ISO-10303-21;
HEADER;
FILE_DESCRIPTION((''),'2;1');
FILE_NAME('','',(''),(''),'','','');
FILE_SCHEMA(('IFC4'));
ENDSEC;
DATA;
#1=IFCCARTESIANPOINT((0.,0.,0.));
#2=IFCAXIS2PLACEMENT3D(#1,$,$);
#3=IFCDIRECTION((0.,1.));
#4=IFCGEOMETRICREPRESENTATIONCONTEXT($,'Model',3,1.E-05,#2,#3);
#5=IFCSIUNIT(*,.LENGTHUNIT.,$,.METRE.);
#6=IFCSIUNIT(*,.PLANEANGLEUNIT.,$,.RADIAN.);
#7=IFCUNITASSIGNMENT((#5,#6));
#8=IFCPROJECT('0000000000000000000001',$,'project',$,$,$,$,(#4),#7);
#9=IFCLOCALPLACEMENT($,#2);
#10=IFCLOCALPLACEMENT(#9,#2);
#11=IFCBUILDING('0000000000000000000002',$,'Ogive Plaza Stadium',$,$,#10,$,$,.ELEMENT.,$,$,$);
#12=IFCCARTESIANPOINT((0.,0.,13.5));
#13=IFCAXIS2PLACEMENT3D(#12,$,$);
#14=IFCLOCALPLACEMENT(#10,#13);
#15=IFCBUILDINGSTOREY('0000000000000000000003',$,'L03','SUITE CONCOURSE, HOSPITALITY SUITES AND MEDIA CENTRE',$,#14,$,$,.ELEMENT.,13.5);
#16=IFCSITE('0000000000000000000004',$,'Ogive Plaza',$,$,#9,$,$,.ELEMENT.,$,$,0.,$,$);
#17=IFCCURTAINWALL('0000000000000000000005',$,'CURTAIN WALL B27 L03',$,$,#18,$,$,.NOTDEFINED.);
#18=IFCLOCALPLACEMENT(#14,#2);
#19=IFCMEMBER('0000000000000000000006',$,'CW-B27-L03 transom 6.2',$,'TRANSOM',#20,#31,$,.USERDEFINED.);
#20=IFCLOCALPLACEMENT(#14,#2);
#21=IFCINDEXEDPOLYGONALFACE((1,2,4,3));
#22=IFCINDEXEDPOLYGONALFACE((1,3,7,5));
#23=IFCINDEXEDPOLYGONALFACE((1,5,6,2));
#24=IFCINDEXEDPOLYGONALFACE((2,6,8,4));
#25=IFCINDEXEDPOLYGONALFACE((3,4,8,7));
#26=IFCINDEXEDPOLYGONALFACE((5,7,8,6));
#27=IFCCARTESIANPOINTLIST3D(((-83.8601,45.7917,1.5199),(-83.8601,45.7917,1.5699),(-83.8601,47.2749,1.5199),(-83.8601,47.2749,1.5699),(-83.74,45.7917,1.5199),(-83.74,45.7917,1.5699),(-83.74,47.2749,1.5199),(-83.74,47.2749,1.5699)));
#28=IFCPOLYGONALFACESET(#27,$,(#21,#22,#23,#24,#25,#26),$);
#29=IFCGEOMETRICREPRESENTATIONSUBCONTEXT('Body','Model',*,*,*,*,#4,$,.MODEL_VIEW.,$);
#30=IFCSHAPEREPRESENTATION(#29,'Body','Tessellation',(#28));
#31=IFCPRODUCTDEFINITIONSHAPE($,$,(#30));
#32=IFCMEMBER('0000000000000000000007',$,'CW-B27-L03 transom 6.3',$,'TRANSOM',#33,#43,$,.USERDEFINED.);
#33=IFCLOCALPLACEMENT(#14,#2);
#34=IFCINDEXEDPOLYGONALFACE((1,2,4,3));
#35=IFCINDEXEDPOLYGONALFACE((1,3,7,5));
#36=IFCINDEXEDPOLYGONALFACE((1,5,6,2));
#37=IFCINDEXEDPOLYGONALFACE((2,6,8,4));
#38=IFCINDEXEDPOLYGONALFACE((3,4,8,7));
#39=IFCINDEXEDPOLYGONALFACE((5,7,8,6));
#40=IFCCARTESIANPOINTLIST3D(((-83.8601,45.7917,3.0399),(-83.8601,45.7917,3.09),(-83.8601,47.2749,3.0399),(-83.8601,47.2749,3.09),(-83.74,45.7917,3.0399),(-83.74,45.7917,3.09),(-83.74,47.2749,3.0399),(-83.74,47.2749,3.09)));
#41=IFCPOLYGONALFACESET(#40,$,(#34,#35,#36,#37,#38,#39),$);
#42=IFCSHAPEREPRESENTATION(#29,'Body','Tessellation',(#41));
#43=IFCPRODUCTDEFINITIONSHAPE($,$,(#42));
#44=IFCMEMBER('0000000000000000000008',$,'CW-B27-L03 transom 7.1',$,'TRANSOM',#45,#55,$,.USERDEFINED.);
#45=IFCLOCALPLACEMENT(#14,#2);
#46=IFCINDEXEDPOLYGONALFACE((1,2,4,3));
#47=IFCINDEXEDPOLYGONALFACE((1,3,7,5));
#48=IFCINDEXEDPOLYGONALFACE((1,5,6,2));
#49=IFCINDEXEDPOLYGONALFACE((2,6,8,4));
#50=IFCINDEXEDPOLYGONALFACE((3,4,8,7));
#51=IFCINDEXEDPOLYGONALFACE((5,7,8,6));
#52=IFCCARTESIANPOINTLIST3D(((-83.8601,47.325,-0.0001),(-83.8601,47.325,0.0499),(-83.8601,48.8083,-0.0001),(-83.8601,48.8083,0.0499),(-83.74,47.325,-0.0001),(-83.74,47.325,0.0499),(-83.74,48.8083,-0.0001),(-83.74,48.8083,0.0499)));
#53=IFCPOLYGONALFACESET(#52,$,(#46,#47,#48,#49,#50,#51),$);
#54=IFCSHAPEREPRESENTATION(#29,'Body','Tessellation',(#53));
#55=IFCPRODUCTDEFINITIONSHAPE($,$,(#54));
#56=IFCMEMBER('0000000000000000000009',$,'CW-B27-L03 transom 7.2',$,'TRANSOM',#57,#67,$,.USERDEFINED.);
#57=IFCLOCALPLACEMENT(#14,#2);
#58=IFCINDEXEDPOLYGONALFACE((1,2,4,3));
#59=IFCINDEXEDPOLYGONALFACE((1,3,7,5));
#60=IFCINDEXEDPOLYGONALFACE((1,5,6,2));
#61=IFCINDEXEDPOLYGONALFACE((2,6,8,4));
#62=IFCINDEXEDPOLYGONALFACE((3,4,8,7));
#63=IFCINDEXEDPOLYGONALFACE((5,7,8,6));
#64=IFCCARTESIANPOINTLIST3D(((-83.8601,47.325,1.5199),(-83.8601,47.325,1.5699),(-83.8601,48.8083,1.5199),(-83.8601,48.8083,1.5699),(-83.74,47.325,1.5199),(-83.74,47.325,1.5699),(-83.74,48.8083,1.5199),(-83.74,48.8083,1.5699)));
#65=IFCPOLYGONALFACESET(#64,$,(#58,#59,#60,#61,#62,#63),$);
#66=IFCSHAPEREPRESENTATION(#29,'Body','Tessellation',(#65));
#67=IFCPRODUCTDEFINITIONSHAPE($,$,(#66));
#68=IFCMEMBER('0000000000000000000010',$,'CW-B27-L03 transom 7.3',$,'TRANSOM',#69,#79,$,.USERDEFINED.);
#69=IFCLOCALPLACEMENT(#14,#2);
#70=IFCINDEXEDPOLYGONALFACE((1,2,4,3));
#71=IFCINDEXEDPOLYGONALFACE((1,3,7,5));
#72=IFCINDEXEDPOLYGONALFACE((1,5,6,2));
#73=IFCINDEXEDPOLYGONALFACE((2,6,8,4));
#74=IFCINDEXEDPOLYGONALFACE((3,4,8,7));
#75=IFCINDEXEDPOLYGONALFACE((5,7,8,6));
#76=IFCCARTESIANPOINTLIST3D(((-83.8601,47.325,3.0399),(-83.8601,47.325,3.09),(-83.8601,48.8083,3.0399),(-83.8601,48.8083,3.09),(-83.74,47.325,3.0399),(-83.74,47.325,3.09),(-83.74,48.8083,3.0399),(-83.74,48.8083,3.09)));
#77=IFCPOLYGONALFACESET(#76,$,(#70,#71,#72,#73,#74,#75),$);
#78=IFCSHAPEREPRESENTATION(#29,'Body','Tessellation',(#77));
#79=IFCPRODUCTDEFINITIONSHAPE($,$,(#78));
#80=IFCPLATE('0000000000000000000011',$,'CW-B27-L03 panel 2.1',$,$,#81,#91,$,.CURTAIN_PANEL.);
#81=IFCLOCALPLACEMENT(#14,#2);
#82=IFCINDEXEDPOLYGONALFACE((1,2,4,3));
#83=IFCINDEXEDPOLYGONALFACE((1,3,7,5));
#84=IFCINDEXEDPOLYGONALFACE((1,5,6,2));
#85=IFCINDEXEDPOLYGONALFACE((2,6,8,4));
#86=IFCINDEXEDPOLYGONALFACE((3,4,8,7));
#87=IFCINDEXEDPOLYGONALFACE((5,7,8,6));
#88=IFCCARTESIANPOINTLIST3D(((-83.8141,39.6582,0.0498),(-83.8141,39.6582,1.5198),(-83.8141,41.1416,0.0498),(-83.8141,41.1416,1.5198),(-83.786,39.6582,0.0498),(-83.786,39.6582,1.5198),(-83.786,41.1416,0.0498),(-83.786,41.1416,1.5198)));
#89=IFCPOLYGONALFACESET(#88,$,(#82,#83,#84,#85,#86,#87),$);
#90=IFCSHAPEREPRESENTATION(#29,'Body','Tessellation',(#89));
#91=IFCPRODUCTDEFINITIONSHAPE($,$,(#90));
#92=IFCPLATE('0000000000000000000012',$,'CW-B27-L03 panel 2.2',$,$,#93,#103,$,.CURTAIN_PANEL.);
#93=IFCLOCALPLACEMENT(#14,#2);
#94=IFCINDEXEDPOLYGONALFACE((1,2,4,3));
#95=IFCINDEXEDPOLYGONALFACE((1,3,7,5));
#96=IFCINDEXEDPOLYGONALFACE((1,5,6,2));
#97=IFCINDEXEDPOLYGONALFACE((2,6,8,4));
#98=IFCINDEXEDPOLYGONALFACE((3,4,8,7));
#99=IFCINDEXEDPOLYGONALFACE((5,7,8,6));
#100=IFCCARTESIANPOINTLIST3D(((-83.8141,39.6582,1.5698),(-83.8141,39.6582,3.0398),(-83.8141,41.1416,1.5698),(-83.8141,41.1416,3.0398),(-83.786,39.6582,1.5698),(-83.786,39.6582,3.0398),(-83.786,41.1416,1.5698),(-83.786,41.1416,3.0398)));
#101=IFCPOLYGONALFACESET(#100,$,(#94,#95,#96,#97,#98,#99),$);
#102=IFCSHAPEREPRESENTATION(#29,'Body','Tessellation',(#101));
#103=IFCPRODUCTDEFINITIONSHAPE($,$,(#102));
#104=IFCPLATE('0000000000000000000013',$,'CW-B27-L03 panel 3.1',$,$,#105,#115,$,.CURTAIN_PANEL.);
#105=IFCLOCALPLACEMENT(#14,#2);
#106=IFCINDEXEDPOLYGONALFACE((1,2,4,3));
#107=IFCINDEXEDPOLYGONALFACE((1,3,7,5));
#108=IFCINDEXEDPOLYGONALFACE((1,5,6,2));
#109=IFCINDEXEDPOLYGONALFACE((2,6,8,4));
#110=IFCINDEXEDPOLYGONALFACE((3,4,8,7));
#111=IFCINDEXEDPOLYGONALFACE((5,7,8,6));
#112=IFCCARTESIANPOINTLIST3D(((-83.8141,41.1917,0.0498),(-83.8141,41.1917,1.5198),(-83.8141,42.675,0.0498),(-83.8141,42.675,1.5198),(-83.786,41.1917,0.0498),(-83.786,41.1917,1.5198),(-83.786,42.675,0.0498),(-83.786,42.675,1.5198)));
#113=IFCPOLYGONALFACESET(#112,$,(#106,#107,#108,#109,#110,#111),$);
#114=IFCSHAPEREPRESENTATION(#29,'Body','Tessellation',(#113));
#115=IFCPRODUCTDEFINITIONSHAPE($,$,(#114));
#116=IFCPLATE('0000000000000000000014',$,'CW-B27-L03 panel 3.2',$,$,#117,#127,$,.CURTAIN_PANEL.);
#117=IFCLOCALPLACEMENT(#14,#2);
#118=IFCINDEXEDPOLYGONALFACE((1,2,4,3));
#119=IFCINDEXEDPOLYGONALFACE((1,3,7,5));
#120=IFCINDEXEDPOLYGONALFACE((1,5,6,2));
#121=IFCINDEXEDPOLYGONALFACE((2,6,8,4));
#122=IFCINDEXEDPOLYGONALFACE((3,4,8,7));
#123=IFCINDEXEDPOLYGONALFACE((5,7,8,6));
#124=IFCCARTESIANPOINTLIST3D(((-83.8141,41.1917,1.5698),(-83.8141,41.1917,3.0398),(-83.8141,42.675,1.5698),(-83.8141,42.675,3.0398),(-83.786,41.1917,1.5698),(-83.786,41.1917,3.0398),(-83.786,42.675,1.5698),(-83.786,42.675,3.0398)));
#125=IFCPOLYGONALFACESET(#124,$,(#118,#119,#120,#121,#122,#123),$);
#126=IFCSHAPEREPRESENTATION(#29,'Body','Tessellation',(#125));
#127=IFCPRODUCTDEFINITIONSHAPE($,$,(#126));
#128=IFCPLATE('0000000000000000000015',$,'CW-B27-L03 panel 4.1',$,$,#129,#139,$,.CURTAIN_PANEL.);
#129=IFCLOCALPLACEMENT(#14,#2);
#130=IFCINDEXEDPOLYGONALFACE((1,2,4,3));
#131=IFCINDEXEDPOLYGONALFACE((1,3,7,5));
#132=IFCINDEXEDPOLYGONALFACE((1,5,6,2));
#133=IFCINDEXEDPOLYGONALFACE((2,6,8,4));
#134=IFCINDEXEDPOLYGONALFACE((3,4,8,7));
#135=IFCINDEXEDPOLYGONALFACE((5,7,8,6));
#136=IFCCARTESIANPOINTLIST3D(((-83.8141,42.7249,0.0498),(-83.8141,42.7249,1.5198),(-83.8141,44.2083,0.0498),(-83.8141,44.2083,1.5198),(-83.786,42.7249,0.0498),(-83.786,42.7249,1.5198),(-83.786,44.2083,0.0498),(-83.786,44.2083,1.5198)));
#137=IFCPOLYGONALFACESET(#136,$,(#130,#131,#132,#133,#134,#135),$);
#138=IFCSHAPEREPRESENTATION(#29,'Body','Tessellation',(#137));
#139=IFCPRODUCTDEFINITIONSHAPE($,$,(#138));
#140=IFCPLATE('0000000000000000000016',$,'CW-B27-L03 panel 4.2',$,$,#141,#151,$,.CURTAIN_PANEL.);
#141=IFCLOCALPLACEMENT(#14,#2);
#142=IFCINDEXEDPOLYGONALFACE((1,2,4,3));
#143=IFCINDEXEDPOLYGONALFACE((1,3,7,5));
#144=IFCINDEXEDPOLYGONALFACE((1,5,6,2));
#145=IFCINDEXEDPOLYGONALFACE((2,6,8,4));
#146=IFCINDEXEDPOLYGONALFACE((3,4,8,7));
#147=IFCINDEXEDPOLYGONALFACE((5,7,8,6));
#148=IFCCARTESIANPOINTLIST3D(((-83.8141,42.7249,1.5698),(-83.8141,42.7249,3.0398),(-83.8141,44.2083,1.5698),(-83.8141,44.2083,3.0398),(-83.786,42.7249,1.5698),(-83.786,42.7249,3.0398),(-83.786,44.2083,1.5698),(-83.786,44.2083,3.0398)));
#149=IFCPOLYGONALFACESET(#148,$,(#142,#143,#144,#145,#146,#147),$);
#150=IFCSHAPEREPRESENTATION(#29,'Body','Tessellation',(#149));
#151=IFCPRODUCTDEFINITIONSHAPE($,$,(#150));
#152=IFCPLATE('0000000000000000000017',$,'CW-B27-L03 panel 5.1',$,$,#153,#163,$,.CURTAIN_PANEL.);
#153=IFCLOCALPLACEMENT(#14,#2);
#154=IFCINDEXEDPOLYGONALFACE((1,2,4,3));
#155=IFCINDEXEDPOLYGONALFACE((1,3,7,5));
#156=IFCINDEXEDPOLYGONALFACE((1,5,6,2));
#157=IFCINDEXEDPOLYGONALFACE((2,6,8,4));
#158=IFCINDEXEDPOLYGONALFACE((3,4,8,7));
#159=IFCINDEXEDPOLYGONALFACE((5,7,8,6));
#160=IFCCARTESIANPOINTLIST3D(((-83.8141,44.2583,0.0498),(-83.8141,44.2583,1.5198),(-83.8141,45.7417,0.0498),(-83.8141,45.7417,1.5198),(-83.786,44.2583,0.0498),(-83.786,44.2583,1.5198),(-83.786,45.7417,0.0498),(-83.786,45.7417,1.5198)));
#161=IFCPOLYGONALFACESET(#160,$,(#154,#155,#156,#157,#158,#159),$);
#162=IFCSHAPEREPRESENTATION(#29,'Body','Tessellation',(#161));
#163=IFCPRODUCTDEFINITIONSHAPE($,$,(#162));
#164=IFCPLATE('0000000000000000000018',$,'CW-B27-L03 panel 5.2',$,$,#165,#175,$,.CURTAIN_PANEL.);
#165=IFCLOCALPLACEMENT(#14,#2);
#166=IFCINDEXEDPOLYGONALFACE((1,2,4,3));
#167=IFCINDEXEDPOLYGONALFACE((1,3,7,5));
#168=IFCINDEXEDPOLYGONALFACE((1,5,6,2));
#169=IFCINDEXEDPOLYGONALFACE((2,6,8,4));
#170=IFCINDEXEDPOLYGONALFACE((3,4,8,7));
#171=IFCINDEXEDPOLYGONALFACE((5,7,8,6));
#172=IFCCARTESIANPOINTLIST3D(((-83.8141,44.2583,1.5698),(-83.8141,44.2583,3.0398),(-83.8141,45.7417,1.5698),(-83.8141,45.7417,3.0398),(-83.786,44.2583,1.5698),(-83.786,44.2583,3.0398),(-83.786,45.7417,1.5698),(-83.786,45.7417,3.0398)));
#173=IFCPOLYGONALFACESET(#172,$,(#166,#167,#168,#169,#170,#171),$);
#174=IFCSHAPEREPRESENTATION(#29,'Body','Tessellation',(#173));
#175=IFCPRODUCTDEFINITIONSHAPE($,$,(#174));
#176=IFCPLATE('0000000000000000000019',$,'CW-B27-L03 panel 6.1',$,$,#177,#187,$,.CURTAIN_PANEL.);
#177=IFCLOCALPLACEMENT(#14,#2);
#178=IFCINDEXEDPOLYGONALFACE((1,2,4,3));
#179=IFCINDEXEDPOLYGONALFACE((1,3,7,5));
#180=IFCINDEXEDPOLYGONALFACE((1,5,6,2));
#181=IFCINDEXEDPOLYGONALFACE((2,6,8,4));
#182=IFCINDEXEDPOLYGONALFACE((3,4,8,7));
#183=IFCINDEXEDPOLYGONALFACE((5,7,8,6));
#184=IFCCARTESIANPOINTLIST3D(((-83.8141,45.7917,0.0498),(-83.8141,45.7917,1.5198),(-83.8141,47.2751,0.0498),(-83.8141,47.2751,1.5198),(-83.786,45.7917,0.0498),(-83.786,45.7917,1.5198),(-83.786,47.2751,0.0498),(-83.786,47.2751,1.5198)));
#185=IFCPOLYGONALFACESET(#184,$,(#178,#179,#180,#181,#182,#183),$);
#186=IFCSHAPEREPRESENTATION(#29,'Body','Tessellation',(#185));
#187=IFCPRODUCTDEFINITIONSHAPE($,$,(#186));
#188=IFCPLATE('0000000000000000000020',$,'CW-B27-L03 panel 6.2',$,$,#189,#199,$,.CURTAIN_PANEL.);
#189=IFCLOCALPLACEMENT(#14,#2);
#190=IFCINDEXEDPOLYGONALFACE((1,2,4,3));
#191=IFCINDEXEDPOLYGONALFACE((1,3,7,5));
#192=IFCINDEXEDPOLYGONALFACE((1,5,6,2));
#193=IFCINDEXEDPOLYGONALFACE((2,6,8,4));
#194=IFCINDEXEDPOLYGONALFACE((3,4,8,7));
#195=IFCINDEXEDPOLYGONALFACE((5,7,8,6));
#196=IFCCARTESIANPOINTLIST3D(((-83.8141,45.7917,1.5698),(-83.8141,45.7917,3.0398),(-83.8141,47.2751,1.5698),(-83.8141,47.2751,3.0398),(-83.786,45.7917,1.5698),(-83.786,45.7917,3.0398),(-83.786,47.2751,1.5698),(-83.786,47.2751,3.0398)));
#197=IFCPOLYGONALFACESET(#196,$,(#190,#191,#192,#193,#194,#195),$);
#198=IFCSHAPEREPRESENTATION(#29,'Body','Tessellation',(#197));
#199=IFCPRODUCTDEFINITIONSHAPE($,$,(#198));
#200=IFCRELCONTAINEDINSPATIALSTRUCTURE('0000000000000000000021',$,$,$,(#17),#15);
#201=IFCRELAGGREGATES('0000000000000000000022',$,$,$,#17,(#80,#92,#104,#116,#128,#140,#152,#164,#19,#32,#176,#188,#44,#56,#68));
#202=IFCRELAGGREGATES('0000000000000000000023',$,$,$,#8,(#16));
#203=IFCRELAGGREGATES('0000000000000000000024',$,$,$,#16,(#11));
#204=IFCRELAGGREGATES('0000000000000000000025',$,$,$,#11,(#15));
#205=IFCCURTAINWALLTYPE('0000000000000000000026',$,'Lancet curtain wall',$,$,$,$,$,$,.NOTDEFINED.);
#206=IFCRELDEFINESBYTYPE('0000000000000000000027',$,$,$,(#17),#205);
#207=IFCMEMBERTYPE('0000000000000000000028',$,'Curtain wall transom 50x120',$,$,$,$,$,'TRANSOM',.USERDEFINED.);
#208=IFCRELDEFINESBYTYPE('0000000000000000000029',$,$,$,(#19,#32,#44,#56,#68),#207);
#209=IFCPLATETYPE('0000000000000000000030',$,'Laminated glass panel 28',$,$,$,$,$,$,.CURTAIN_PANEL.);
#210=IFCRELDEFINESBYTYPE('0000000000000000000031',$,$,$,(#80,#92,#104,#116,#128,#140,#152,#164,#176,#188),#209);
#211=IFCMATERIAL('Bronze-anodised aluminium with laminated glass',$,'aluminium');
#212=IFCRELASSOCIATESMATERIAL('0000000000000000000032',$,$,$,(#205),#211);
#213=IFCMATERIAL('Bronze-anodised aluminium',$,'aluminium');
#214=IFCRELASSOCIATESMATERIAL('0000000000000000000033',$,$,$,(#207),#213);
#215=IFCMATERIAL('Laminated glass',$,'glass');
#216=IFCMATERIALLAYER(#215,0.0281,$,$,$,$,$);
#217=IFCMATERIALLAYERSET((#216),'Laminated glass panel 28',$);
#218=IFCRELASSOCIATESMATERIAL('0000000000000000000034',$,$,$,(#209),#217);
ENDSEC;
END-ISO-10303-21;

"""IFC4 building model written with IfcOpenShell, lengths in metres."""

from ifc_helpers import new_model, si_unit, direction, frame, origin, origin_2d, place, context, subcontext, project, spatial, rectangle, extrude, material, layer, layer_set, material_profile, profile_set, type_object, element, aggregate, save


model = new_model("IFC4")

# Units and contexts
model_context = context("Model", 3, precision=1e-05, world=origin(), true_north=direction((0.0, 1.0)))
body_context = subcontext(model_context, "Body", "Model", "MODEL_VIEW")
ifc_project = project(units=[si_unit("LENGTHUNIT", "METRE"), si_unit("PLANEANGLEUNIT", "RADIAN")], contexts=[model_context])

# Site, building, storey
site_placement = place(None, origin())
site = spatial("IfcSite", under=ifc_project, at=site_placement, Name="Ogive Plaza", CompositionType="ELEMENT", RefElevation=0.0)
building_placement = place(site_placement, origin())
building = spatial("IfcBuilding", under=site, at=building_placement, Name="Ogive Plaza Stadium", CompositionType="ELEMENT")
storey_placement = place(building_placement, frame((0.0, 0.0, 13.5)))
storey = spatial("IfcBuildingStorey", under=building, at=storey_placement, Name="L03", Description="SUITE CONCOURSE, HOSPITALITY SUITES AND MEDIA CENTRE", CompositionType="ELEMENT", Elevation=13.5)

# Curtain wall, members, plates
ifc_material_1 = material(Name="Bronze-anodised aluminium with laminated glass", Category="aluminium")
curtain_wall_type = type_object("IfcCurtainWallType", Name="Lancet curtain wall", PredefinedType="NOTDEFINED", material=ifc_material_1)
curtain_wall_placement = place(storey_placement, origin())
curtain_wall = element("IfcCurtainWall", 1, at=curtain_wall_placement, inside=storey, type_object=curtain_wall_type, Name="CURTAIN WALL B27 L03", PredefinedType="NOTDEFINED")
ifc_material_2 = material(Name="Bronze-anodised aluminium", Category="aluminium")
ifc_material_profile_1 = material_profile(ifc_material_2, rectangle(XDim=0.1201, YDim=0.05, at=origin_2d()), Name="AL 120x50")
ifc_profile_set_1 = profile_set([ifc_material_profile_1], Name="Bronze-anodised aluminium")
member_type_1 = type_object("IfcMemberType", Name="Curtain wall transom 50x120", ElementType="TRANSOM", PredefinedType="USERDEFINED", material=ifc_profile_set_1)
member_1_placement = place(storey_placement, frame((-83.8, 45.7917, 1.5449), z_axis=(0.0, 1.0, 0.0), x_axis=(-1.0, 0.0, 0.0)))
member_1 = element("IfcMember", 2, at=member_1_placement, type_object=member_type_1, Name="CW-B27-L03 transom 6.2", ObjectType="TRANSOM", PredefinedType="USERDEFINED", context=body_context, shape_type="SweptSolid", body=[
    extrude(rectangle(XDim=0.1201, YDim=0.05, at=origin_2d()), origin(), (0.0, 0.0, 1.0), 1.4832),
])
member_2_placement = place(storey_placement, frame((-83.8, 45.7917, 3.0649), z_axis=(0.0, 1.0, 0.0), x_axis=(-1.0, 0.0, 0.0)))
member_2 = element("IfcMember", 3, at=member_2_placement, type_object=member_type_1, Name="CW-B27-L03 transom 6.3", ObjectType="TRANSOM", PredefinedType="USERDEFINED", context=body_context, shape_type="SweptSolid", body=[
    extrude(rectangle(XDim=0.1201, YDim=0.05, at=origin_2d()), origin(), (0.0, 0.0, 1.0), 1.4832),
])
member_3_placement = place(storey_placement, frame((-83.8, 47.325, 0.0249), z_axis=(0.0, 1.0, 0.0), x_axis=(-1.0, 0.0, 0.0)))
member_3 = element("IfcMember", 4, at=member_3_placement, type_object=member_type_1, Name="CW-B27-L03 transom 7.1", ObjectType="TRANSOM", PredefinedType="USERDEFINED", context=body_context, shape_type="SweptSolid", body=[
    extrude(rectangle(XDim=0.1201, YDim=0.05, at=origin_2d()), origin(), (0.0, 0.0, 1.0), 1.4834),
])
member_4_placement = place(storey_placement, frame((-83.8, 47.325, 1.5449), z_axis=(0.0, 1.0, 0.0), x_axis=(-1.0, 0.0, 0.0)))
member_4 = element("IfcMember", 5, at=member_4_placement, type_object=member_type_1, Name="CW-B27-L03 transom 7.2", ObjectType="TRANSOM", PredefinedType="USERDEFINED", context=body_context, shape_type="SweptSolid", body=[
    extrude(rectangle(XDim=0.1201, YDim=0.05, at=origin_2d()), origin(), (0.0, 0.0, 1.0), 1.4834),
])
member_5_placement = place(storey_placement, frame((-83.8, 47.325, 3.0649), z_axis=(0.0, 1.0, 0.0), x_axis=(-1.0, 0.0, 0.0)))
member_5 = element("IfcMember", 6, at=member_5_placement, type_object=member_type_1, Name="CW-B27-L03 transom 7.3", ObjectType="TRANSOM", PredefinedType="USERDEFINED", context=body_context, shape_type="SweptSolid", body=[
    extrude(rectangle(XDim=0.1201, YDim=0.05, at=origin_2d()), origin(), (0.0, 0.0, 1.0), 1.4834),
])
ifc_material_3 = material(Name="Laminated glass", Category="glass")
ifc_layer_1 = layer(ifc_material_3, 0.0281)
ifc_layer_set_1 = layer_set([ifc_layer_1], Name="Laminated glass panel 28")
plate_type = type_object("IfcPlateType", Name="Laminated glass panel 28", PredefinedType="CURTAIN_PANEL", material=ifc_layer_set_1)
plate_1_placement = place(storey_placement, frame((-83.8, 40.3999, 0.0498), z_axis=(0.0, 0.0, 1.0), x_axis=(0.0, 1.0, 0.0)))
plate_1 = element("IfcPlate", 7, at=plate_1_placement, type_object=plate_type, Name="CW-B27-L03 panel 2.1", PredefinedType="CURTAIN_PANEL", context=body_context, shape_type="SweptSolid", body=[
    extrude(rectangle(XDim=1.4834, YDim=0.0281, at=origin_2d()), origin(), (0.0, 0.0, 1.0), 1.47),
])
plate_2_placement = place(storey_placement, frame((-83.8, 40.3999, 1.5698), z_axis=(0.0, 0.0, 1.0), x_axis=(0.0, 1.0, 0.0)))
plate_2 = element("IfcPlate", 8, at=plate_2_placement, type_object=plate_type, Name="CW-B27-L03 panel 2.2", PredefinedType="CURTAIN_PANEL", context=body_context, shape_type="SweptSolid", body=[
    extrude(rectangle(XDim=1.4834, YDim=0.0281, at=origin_2d()), origin(), (0.0, 0.0, 1.0), 1.47),
])
plate_3_placement = place(storey_placement, frame((-83.8, 41.9333, 0.0498), z_axis=(0.0, 0.0, 1.0), x_axis=(0.0, 1.0, 0.0)))
plate_3 = element("IfcPlate", 9, at=plate_3_placement, type_object=plate_type, Name="CW-B27-L03 panel 3.1", PredefinedType="CURTAIN_PANEL", context=body_context, shape_type="SweptSolid", body=[
    extrude(rectangle(XDim=1.4834, YDim=0.0281, at=origin_2d()), origin(), (0.0, 0.0, 1.0), 1.47),
])
plate_4_placement = place(storey_placement, frame((-83.8, 41.9333, 1.5698), z_axis=(0.0, 0.0, 1.0), x_axis=(0.0, 1.0, 0.0)))
plate_4 = element("IfcPlate", 10, at=plate_4_placement, type_object=plate_type, Name="CW-B27-L03 panel 3.2", PredefinedType="CURTAIN_PANEL", context=body_context, shape_type="SweptSolid", body=[
    extrude(rectangle(XDim=1.4834, YDim=0.0281, at=origin_2d()), origin(), (0.0, 0.0, 1.0), 1.47),
])
plate_5_placement = place(storey_placement, frame((-83.8, 43.4666, 0.0498), z_axis=(0.0, 0.0, 1.0), x_axis=(0.0, 1.0, 0.0)))
plate_5 = element("IfcPlate", 11, at=plate_5_placement, type_object=plate_type, Name="CW-B27-L03 panel 4.1", PredefinedType="CURTAIN_PANEL", context=body_context, shape_type="SweptSolid", body=[
    extrude(rectangle(XDim=1.4834, YDim=0.0281, at=origin_2d()), origin(), (0.0, 0.0, 1.0), 1.47),
])
plate_6_placement = place(storey_placement, frame((-83.8, 43.4666, 1.5698), z_axis=(0.0, 0.0, 1.0), x_axis=(0.0, 1.0, 0.0)))
plate_6 = element("IfcPlate", 12, at=plate_6_placement, type_object=plate_type, Name="CW-B27-L03 panel 4.2", PredefinedType="CURTAIN_PANEL", context=body_context, shape_type="SweptSolid", body=[
    extrude(rectangle(XDim=1.4834, YDim=0.0281, at=origin_2d()), origin(), (0.0, 0.0, 1.0), 1.47),
])
plate_7_placement = place(storey_placement, frame((-83.8, 45.0, 0.0498), z_axis=(0.0, 0.0, 1.0), x_axis=(0.0, 1.0, 0.0)))
plate_7 = element("IfcPlate", 13, at=plate_7_placement, type_object=plate_type, Name="CW-B27-L03 panel 5.1", PredefinedType="CURTAIN_PANEL", context=body_context, shape_type="SweptSolid", body=[
    extrude(rectangle(XDim=1.4834, YDim=0.0281, at=origin_2d()), origin(), (0.0, 0.0, 1.0), 1.47),
])
plate_8_placement = place(storey_placement, frame((-83.8, 45.0, 1.5698), z_axis=(0.0, 0.0, 1.0), x_axis=(0.0, 1.0, 0.0)))
plate_8 = element("IfcPlate", 14, at=plate_8_placement, type_object=plate_type, Name="CW-B27-L03 panel 5.2", PredefinedType="CURTAIN_PANEL", context=body_context, shape_type="SweptSolid", body=[
    extrude(rectangle(XDim=1.4834, YDim=0.0281, at=origin_2d()), origin(), (0.0, 0.0, 1.0), 1.47),
])
plate_9_placement = place(storey_placement, frame((-83.8, 46.5334, 0.0498), z_axis=(0.0, 0.0, 1.0), x_axis=(0.0, 1.0, 0.0)))
plate_9 = element("IfcPlate", 15, at=plate_9_placement, type_object=plate_type, Name="CW-B27-L03 panel 6.1", PredefinedType="CURTAIN_PANEL", context=body_context, shape_type="SweptSolid", body=[
    extrude(rectangle(XDim=1.4834, YDim=0.0281, at=origin_2d()), origin(), (0.0, 0.0, 1.0), 1.47),
])
plate_10_placement = place(storey_placement, frame((-83.8, 46.5334, 1.5698), z_axis=(0.0, 0.0, 1.0), x_axis=(0.0, 1.0, 0.0)))
plate_10 = element("IfcPlate", 16, at=plate_10_placement, type_object=plate_type, Name="CW-B27-L03 panel 6.2", PredefinedType="CURTAIN_PANEL", context=body_context, shape_type="SweptSolid", body=[
    extrude(rectangle(XDim=1.4834, YDim=0.0281, at=origin_2d()), origin(), (0.0, 0.0, 1.0), 1.47),
])
aggregate(curtain_wall, [plate_1, plate_2, plate_3, plate_4, plate_5, plate_6, plate_7, plate_8, member_1, member_2, plate_9, plate_10, member_3, member_4, member_5])

save(model, "model.ifc")
